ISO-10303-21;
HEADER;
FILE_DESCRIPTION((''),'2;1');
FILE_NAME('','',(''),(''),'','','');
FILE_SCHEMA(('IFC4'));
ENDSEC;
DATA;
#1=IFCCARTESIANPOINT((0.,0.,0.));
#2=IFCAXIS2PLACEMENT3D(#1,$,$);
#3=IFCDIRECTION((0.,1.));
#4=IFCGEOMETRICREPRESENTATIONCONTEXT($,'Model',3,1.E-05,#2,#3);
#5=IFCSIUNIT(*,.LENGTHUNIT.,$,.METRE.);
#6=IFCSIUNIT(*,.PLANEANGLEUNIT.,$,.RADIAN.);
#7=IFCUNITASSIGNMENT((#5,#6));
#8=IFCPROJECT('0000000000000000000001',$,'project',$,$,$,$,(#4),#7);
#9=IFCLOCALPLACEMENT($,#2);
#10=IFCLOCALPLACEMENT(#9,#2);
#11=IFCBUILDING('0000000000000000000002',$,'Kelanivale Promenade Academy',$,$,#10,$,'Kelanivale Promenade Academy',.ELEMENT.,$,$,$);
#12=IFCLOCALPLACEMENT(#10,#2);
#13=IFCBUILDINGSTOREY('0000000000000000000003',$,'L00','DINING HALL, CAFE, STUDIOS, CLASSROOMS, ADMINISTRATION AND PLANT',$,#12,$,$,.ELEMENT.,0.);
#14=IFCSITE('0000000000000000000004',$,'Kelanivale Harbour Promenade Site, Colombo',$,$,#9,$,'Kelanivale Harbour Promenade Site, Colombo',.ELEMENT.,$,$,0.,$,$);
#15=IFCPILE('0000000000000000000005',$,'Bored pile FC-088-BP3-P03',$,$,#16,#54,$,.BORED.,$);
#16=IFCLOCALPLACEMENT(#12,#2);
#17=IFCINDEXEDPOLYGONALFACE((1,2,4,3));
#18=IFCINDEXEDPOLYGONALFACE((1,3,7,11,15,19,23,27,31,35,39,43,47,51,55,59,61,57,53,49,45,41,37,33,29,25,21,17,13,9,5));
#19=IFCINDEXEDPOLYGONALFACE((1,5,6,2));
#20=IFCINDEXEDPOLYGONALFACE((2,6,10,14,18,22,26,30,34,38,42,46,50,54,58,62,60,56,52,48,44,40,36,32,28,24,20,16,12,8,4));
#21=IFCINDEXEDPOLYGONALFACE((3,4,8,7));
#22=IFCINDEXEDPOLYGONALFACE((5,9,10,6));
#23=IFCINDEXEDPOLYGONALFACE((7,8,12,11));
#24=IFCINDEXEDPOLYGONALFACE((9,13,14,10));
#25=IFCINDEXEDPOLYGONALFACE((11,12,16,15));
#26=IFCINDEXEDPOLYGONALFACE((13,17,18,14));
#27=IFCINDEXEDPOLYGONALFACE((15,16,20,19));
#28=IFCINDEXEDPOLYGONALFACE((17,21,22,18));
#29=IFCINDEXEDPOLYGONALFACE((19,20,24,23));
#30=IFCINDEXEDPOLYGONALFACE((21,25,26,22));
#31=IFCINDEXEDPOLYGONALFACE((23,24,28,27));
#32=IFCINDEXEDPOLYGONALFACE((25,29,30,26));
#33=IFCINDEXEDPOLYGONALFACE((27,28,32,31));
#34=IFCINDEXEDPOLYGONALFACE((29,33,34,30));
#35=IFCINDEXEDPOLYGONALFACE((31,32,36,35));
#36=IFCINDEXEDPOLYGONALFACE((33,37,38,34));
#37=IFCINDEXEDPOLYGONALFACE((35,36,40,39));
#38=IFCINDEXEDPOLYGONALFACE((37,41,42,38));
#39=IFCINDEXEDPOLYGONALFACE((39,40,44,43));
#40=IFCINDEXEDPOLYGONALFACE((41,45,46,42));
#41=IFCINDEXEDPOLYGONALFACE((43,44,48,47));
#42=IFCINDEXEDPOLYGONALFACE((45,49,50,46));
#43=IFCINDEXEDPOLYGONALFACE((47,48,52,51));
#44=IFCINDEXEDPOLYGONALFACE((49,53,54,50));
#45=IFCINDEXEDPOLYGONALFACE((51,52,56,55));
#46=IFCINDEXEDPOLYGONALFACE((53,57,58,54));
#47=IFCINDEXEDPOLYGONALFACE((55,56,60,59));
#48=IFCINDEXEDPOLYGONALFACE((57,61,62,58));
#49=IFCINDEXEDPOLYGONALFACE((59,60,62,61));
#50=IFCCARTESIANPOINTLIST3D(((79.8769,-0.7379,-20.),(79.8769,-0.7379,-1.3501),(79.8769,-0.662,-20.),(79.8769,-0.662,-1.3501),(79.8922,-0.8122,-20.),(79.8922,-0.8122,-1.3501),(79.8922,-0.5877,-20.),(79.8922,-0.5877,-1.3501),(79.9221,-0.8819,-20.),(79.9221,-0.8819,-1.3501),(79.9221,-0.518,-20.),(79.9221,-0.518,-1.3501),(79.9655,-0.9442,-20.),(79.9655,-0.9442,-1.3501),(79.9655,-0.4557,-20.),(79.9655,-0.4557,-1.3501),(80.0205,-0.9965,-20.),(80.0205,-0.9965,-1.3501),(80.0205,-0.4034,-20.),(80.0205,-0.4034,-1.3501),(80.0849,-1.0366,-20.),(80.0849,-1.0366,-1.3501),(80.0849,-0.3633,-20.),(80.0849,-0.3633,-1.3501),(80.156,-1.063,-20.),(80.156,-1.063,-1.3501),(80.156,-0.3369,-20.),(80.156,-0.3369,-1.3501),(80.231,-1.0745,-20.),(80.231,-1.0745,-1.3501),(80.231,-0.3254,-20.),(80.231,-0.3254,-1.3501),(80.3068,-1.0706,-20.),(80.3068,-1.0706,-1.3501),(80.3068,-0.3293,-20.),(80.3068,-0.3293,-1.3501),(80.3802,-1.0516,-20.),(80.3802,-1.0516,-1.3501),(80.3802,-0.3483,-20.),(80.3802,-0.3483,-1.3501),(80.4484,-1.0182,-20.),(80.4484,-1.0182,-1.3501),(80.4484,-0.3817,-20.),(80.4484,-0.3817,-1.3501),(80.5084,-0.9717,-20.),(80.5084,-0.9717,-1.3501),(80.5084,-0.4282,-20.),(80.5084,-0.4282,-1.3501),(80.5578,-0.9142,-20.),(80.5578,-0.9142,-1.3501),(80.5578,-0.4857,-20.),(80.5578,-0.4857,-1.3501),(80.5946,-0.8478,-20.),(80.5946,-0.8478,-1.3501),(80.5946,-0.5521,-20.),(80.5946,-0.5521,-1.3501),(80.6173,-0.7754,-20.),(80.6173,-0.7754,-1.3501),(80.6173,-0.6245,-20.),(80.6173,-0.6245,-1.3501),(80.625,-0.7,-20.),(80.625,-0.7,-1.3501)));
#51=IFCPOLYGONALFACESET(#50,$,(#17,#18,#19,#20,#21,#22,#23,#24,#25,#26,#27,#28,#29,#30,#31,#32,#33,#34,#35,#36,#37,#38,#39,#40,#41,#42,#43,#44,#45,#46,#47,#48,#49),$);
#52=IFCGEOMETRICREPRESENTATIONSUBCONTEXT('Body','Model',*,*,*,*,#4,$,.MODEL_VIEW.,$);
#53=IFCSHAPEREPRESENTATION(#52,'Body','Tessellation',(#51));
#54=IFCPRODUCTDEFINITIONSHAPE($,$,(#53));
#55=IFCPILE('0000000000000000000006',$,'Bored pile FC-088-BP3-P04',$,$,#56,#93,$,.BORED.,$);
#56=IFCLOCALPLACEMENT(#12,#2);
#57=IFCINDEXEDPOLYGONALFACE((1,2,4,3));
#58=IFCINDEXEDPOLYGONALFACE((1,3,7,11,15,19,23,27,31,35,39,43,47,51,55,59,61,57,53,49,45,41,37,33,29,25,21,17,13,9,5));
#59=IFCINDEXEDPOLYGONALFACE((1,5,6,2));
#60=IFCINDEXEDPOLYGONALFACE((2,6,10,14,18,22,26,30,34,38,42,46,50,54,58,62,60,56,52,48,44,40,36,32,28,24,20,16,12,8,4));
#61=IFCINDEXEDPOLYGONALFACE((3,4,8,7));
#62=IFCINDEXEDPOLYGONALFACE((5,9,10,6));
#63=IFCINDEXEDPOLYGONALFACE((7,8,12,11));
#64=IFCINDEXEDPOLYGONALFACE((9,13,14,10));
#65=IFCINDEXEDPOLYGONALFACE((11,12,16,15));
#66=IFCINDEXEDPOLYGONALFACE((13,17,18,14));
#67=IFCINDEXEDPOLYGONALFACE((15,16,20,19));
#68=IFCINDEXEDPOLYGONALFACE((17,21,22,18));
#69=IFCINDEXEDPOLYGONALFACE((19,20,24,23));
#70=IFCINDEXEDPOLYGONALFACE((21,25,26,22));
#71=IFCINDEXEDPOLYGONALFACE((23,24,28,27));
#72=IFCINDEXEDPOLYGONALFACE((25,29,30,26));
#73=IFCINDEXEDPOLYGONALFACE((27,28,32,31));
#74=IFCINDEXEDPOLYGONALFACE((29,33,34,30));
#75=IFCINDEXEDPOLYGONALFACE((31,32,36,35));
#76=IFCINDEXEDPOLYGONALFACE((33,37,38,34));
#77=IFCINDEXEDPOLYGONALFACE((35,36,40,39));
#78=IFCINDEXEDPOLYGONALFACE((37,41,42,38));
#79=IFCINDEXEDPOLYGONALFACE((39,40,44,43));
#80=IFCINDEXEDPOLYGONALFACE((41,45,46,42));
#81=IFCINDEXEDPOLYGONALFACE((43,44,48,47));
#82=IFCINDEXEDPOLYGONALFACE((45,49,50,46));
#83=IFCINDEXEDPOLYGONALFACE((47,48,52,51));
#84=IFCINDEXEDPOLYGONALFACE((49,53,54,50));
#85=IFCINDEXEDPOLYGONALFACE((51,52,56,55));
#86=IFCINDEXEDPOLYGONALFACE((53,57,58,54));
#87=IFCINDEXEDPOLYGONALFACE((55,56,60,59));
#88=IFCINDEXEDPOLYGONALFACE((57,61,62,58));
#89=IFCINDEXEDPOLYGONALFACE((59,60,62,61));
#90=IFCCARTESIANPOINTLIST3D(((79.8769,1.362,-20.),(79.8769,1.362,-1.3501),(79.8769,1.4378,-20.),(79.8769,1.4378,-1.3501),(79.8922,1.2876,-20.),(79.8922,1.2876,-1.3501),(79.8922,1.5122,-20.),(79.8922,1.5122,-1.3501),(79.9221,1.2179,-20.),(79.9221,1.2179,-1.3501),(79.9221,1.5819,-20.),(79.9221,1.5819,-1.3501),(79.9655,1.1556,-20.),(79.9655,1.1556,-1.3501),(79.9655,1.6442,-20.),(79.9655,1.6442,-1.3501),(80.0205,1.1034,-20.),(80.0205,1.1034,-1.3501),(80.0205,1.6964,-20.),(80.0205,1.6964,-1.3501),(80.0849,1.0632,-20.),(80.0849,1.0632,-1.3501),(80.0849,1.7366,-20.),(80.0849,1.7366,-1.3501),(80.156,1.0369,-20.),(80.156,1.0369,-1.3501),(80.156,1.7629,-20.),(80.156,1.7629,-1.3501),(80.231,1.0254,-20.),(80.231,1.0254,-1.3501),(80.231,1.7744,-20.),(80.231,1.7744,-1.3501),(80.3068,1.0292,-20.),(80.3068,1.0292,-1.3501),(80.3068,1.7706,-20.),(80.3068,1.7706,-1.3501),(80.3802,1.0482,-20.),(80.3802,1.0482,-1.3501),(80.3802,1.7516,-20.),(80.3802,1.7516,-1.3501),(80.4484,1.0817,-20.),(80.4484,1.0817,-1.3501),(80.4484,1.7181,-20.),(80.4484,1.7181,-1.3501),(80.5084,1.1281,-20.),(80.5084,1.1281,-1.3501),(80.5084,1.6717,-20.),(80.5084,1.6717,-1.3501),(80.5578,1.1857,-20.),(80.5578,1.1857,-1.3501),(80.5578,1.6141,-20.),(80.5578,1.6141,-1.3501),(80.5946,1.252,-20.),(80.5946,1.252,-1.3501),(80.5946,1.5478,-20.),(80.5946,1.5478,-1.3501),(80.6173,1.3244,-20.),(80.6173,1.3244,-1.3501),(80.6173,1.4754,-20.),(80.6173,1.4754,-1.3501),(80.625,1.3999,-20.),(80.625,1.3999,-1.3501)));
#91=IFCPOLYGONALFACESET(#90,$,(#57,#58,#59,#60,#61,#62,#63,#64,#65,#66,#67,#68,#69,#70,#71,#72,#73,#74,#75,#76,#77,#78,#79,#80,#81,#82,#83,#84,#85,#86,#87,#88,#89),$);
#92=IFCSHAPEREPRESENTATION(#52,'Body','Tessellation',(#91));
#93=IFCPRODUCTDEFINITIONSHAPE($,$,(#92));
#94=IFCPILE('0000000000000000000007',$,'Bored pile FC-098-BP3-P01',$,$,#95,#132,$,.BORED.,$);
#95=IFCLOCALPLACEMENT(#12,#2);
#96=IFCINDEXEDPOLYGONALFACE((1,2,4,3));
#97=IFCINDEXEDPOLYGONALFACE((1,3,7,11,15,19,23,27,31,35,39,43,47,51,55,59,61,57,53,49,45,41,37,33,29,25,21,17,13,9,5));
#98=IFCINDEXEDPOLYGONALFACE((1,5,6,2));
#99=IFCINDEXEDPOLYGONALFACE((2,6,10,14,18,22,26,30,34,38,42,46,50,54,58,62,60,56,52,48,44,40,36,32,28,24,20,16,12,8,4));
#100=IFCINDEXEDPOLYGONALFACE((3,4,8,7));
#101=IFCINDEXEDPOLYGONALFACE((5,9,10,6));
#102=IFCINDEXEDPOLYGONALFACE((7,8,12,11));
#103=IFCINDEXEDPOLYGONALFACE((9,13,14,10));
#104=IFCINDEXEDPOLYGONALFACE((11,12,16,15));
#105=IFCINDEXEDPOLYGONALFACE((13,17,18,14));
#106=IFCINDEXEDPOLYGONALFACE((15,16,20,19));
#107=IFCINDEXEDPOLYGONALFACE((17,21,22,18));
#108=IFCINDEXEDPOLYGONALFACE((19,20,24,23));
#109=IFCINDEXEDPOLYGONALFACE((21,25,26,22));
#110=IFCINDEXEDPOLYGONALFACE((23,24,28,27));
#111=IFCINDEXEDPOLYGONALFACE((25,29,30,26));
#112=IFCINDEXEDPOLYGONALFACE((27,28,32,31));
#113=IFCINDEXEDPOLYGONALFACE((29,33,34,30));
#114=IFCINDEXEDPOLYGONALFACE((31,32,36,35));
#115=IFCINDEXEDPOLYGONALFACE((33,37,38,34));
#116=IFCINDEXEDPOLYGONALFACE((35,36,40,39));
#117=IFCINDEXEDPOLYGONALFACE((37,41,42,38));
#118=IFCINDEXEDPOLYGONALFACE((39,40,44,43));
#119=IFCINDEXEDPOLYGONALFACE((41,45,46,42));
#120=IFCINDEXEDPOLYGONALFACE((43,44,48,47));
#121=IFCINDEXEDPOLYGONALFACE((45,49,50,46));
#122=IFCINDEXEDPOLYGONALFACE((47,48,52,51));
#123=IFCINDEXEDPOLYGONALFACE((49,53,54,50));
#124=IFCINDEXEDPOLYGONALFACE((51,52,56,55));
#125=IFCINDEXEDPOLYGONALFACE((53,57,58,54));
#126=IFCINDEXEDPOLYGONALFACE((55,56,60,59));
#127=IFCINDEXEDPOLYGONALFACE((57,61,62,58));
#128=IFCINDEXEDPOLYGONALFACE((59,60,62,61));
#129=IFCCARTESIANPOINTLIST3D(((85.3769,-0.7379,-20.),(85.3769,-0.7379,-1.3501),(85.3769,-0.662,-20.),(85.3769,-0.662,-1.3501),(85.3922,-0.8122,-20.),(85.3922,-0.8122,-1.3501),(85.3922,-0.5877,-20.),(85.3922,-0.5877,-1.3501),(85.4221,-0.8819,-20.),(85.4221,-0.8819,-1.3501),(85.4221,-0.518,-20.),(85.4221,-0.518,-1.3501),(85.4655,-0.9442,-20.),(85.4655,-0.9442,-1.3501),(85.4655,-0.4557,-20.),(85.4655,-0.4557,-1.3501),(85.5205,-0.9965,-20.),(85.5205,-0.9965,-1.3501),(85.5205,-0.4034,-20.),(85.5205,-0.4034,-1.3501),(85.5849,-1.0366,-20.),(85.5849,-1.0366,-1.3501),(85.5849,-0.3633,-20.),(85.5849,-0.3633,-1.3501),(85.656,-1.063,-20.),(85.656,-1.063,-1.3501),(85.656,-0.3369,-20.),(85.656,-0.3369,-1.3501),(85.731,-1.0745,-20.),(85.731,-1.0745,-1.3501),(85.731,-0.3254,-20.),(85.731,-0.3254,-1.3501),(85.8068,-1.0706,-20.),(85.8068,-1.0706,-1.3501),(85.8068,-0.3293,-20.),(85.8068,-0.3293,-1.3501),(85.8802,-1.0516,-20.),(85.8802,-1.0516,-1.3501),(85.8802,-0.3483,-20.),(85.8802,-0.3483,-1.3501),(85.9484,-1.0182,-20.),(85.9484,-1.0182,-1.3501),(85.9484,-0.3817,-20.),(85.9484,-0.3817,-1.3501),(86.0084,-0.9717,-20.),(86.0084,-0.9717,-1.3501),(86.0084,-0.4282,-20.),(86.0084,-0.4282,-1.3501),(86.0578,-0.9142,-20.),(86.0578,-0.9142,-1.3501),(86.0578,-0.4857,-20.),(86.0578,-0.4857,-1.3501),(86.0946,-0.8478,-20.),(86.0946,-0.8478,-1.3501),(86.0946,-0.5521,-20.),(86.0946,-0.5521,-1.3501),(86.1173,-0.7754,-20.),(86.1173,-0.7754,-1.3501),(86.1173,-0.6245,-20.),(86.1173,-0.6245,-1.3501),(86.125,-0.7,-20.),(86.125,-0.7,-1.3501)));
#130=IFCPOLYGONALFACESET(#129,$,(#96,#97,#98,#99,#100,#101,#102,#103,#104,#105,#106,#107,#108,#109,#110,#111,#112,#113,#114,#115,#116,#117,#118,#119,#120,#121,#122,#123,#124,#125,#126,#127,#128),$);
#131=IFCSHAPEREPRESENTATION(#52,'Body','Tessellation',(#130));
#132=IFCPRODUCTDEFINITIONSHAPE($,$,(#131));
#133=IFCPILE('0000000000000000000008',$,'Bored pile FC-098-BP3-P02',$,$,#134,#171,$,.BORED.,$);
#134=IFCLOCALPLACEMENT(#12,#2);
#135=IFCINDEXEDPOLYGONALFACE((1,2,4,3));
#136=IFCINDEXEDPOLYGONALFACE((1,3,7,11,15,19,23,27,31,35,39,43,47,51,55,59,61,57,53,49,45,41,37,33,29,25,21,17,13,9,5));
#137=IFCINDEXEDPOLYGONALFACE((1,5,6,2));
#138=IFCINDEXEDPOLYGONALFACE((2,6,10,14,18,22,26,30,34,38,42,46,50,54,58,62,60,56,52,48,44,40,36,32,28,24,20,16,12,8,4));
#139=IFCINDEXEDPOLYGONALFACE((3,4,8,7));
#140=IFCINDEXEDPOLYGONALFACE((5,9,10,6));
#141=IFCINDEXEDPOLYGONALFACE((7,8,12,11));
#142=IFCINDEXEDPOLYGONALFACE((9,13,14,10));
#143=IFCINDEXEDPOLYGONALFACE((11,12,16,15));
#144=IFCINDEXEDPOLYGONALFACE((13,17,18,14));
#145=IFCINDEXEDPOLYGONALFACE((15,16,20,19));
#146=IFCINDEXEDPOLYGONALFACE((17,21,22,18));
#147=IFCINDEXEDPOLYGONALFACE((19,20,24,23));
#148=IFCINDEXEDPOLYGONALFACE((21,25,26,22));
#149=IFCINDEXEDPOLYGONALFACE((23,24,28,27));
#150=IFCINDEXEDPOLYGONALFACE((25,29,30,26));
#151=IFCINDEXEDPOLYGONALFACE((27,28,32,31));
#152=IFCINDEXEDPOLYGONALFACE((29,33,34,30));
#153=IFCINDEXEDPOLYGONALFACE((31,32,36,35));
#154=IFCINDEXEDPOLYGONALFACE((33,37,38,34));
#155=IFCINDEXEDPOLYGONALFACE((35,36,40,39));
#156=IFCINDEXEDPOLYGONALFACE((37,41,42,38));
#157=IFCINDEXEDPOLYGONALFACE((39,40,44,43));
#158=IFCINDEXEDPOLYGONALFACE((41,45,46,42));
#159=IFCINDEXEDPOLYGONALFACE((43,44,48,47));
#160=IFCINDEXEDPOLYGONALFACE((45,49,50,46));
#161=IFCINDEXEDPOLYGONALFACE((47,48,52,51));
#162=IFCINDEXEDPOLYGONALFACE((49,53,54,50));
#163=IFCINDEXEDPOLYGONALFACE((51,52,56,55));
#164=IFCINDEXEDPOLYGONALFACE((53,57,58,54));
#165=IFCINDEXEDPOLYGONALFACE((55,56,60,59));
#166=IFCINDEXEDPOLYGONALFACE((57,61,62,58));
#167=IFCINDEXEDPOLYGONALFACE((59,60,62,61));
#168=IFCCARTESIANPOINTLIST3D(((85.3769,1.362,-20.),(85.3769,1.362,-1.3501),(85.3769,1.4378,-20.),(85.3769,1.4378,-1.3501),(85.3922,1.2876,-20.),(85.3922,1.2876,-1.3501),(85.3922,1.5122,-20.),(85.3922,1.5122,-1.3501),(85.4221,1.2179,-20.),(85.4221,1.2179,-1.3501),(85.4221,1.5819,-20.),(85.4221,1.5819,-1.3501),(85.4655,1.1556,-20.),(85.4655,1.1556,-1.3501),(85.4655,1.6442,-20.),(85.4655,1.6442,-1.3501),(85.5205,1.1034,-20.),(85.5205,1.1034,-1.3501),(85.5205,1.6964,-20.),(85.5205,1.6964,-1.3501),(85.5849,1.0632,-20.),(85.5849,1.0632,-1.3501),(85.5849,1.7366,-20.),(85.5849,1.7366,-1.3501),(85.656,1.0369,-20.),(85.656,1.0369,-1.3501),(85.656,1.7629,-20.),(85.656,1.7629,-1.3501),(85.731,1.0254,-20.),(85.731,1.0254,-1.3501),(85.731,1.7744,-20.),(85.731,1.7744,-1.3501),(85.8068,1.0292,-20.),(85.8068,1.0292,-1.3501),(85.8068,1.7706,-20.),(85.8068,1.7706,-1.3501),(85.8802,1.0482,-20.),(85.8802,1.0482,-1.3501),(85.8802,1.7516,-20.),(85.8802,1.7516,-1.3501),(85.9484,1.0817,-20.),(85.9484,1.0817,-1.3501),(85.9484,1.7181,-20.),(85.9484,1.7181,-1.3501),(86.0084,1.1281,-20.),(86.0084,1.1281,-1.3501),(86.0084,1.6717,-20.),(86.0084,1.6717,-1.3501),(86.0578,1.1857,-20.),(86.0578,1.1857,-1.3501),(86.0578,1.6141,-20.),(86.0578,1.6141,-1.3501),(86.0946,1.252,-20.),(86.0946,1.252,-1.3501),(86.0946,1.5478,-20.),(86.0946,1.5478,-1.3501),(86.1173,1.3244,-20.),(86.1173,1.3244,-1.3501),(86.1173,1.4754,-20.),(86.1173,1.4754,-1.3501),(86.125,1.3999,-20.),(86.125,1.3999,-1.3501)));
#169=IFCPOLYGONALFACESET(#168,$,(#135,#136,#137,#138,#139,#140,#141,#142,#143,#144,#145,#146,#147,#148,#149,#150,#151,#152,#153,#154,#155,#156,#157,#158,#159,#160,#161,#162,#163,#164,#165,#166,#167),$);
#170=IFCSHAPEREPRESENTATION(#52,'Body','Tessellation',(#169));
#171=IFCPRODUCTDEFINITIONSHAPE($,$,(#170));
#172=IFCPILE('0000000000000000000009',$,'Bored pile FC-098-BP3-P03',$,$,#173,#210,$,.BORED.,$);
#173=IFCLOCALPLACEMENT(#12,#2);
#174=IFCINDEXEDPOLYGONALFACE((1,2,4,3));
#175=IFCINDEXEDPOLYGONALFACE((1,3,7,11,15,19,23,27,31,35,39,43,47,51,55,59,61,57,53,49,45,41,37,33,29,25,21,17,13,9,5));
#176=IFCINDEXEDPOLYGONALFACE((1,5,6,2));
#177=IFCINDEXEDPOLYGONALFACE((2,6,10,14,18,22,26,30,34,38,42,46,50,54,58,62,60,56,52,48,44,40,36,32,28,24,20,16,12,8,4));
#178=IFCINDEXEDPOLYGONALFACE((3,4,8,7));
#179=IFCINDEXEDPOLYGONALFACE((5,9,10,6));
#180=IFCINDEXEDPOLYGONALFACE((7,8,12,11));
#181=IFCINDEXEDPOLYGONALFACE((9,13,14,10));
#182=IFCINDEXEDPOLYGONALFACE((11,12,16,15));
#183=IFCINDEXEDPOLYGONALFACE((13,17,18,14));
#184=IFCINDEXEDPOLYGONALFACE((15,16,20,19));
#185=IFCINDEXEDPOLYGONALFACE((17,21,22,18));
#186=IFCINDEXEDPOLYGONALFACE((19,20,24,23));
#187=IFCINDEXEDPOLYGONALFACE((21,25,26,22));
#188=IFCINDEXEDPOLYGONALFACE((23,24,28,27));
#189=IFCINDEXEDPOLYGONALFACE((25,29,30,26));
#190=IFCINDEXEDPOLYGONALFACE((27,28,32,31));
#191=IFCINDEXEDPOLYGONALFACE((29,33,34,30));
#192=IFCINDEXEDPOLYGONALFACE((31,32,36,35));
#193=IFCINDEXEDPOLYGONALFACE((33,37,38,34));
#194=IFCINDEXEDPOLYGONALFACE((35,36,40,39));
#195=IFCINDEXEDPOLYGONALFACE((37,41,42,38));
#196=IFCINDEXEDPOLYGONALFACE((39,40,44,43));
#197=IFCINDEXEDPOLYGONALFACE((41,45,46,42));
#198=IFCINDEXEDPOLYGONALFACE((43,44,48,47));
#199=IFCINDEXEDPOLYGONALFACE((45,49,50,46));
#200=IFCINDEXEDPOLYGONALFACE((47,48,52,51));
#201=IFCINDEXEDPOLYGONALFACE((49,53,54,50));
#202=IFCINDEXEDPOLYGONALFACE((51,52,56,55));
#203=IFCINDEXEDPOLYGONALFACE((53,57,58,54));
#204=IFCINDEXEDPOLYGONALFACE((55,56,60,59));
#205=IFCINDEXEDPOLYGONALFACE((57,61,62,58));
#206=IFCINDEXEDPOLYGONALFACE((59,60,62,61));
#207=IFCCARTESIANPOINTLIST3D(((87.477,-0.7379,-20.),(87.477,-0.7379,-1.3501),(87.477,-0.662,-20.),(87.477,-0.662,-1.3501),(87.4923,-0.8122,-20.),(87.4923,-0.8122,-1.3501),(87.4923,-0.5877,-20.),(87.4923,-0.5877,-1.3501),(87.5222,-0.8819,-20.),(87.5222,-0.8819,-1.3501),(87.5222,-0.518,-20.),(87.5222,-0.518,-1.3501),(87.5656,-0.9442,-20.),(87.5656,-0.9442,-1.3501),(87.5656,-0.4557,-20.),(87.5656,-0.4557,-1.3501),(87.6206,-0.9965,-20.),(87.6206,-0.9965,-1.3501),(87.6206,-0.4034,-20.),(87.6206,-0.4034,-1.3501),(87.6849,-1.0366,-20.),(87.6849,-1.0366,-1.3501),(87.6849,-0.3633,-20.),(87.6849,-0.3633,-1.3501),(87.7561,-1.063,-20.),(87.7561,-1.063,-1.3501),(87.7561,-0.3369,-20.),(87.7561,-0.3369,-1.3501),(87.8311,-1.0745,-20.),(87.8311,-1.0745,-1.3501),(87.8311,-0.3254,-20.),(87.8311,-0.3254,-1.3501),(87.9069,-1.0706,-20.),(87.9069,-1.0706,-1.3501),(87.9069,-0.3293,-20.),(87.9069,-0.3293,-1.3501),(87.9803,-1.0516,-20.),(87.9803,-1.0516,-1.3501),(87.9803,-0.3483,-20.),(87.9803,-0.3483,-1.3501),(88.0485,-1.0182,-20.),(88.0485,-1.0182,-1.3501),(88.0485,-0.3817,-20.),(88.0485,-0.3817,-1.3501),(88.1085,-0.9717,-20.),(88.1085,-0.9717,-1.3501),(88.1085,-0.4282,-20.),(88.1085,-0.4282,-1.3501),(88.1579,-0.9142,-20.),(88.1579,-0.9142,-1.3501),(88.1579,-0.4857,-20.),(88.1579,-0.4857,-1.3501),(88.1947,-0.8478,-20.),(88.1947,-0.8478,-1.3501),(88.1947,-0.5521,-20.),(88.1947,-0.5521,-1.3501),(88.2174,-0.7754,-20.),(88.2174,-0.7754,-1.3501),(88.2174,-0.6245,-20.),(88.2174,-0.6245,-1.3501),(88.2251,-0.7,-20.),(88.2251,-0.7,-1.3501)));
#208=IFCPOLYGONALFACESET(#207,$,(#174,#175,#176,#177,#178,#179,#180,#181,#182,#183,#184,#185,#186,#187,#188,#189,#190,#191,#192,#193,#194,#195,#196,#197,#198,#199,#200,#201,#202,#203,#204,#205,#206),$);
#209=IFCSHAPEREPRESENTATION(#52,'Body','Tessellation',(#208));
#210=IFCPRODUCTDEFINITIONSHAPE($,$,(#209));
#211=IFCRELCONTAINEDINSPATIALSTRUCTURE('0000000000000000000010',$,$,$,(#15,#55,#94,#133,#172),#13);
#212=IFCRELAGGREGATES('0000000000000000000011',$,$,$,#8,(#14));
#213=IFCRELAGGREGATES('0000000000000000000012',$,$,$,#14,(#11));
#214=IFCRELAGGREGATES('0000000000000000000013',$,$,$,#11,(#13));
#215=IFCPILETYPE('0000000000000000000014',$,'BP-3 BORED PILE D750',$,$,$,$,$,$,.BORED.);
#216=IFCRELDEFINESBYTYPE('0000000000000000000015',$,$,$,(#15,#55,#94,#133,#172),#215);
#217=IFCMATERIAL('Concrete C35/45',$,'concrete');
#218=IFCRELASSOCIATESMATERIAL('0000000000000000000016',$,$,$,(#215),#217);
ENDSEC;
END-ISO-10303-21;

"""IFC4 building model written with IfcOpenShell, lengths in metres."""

from ifc_helpers import new_model, si_unit, direction, frame, origin, origin_2d, place, context, subcontext, project, spatial, circle, extrude, material, material_profile, profile_set, type_object, element, save


model = new_model("IFC4")

# Units and contexts
model_context = context("Model", 3, precision=1e-05, world=origin(), true_north=direction((0.0, 1.0)))
body_context = subcontext(model_context, "Body", "Model", "MODEL_VIEW")
ifc_project = project(units=[si_unit("LENGTHUNIT", "METRE"), si_unit("PLANEANGLEUNIT", "RADIAN")], contexts=[model_context])

# Site, building, storey
site_placement = place(None, origin())
site = spatial("IfcSite", under=ifc_project, at=site_placement, Name="Kelanivale Harbour Promenade Site, Colombo", LongName="Kelanivale Harbour Promenade Site, Colombo", CompositionType="ELEMENT", RefElevation=0.0)
building_placement = place(site_placement, origin())
building = spatial("IfcBuilding", under=site, at=building_placement, Name="Kelanivale Promenade Academy", LongName="Kelanivale Promenade Academy", CompositionType="ELEMENT")
storey_placement = place(building_placement, origin())
storey = spatial("IfcBuildingStorey", under=building, at=storey_placement, Name="L00", Description="DINING HALL, CAFE, STUDIOS, CLASSROOMS, ADMINISTRATION AND PLANT", CompositionType="ELEMENT", Elevation=0.0)

# Piles
ifc_material_1 = material(Name="Concrete C35/45", Category="concrete")
ifc_material_profile_1 = material_profile(ifc_material_1, circle(Radius=0.375, at=origin_2d()), Name="BORED PILE D750")
ifc_profile_set_1 = profile_set([ifc_material_profile_1], Name="Concrete C35/45")
pile_type_1 = type_object("IfcPileType", Name="BP-3 BORED PILE D750", PredefinedType="BORED", material=ifc_profile_set_1)
for number, where, z_axis, x_axis, name in (
    (1, (80.25, -0.7, -1.3501), (0.0, 0.0, -1.0), (1.0, 0.0, 0.0), "Bored pile FC-088-BP3-P03"),
    (2, (80.25, 1.3999, -1.3501), (0.0, 0.0, -1.0), (1.0, 0.0, 0.0), "Bored pile FC-088-BP3-P04"),
    (3, (85.75, -0.7, -1.3501), (0.0, 0.0, -1.0), (1.0, 0.0, 0.0), "Bored pile FC-098-BP3-P01"),
    (4, (85.75, 1.3999, -1.3501), (0.0, 0.0, -1.0), (1.0, 0.0, 0.0), "Bored pile FC-098-BP3-P02"),
    (5, (87.8501, -0.7, -1.3501), (0.0, 0.0, -1.0), (1.0, 0.0, 0.0), "Bored pile FC-098-BP3-P03"),
):
    element("IfcPile", number, at=place(storey_placement, frame(where, z_axis=z_axis, x_axis=x_axis)), inside=storey, type_object=pile_type_1, Name=name, PredefinedType="BORED", context=body_context, shape_type="SweptSolid", body=[
        extrude(circle(Radius=0.375, at=origin_2d()), origin(), (0.0, 0.0, 1.0), 18.6499),
    ])

save(model, "model.ifc")
